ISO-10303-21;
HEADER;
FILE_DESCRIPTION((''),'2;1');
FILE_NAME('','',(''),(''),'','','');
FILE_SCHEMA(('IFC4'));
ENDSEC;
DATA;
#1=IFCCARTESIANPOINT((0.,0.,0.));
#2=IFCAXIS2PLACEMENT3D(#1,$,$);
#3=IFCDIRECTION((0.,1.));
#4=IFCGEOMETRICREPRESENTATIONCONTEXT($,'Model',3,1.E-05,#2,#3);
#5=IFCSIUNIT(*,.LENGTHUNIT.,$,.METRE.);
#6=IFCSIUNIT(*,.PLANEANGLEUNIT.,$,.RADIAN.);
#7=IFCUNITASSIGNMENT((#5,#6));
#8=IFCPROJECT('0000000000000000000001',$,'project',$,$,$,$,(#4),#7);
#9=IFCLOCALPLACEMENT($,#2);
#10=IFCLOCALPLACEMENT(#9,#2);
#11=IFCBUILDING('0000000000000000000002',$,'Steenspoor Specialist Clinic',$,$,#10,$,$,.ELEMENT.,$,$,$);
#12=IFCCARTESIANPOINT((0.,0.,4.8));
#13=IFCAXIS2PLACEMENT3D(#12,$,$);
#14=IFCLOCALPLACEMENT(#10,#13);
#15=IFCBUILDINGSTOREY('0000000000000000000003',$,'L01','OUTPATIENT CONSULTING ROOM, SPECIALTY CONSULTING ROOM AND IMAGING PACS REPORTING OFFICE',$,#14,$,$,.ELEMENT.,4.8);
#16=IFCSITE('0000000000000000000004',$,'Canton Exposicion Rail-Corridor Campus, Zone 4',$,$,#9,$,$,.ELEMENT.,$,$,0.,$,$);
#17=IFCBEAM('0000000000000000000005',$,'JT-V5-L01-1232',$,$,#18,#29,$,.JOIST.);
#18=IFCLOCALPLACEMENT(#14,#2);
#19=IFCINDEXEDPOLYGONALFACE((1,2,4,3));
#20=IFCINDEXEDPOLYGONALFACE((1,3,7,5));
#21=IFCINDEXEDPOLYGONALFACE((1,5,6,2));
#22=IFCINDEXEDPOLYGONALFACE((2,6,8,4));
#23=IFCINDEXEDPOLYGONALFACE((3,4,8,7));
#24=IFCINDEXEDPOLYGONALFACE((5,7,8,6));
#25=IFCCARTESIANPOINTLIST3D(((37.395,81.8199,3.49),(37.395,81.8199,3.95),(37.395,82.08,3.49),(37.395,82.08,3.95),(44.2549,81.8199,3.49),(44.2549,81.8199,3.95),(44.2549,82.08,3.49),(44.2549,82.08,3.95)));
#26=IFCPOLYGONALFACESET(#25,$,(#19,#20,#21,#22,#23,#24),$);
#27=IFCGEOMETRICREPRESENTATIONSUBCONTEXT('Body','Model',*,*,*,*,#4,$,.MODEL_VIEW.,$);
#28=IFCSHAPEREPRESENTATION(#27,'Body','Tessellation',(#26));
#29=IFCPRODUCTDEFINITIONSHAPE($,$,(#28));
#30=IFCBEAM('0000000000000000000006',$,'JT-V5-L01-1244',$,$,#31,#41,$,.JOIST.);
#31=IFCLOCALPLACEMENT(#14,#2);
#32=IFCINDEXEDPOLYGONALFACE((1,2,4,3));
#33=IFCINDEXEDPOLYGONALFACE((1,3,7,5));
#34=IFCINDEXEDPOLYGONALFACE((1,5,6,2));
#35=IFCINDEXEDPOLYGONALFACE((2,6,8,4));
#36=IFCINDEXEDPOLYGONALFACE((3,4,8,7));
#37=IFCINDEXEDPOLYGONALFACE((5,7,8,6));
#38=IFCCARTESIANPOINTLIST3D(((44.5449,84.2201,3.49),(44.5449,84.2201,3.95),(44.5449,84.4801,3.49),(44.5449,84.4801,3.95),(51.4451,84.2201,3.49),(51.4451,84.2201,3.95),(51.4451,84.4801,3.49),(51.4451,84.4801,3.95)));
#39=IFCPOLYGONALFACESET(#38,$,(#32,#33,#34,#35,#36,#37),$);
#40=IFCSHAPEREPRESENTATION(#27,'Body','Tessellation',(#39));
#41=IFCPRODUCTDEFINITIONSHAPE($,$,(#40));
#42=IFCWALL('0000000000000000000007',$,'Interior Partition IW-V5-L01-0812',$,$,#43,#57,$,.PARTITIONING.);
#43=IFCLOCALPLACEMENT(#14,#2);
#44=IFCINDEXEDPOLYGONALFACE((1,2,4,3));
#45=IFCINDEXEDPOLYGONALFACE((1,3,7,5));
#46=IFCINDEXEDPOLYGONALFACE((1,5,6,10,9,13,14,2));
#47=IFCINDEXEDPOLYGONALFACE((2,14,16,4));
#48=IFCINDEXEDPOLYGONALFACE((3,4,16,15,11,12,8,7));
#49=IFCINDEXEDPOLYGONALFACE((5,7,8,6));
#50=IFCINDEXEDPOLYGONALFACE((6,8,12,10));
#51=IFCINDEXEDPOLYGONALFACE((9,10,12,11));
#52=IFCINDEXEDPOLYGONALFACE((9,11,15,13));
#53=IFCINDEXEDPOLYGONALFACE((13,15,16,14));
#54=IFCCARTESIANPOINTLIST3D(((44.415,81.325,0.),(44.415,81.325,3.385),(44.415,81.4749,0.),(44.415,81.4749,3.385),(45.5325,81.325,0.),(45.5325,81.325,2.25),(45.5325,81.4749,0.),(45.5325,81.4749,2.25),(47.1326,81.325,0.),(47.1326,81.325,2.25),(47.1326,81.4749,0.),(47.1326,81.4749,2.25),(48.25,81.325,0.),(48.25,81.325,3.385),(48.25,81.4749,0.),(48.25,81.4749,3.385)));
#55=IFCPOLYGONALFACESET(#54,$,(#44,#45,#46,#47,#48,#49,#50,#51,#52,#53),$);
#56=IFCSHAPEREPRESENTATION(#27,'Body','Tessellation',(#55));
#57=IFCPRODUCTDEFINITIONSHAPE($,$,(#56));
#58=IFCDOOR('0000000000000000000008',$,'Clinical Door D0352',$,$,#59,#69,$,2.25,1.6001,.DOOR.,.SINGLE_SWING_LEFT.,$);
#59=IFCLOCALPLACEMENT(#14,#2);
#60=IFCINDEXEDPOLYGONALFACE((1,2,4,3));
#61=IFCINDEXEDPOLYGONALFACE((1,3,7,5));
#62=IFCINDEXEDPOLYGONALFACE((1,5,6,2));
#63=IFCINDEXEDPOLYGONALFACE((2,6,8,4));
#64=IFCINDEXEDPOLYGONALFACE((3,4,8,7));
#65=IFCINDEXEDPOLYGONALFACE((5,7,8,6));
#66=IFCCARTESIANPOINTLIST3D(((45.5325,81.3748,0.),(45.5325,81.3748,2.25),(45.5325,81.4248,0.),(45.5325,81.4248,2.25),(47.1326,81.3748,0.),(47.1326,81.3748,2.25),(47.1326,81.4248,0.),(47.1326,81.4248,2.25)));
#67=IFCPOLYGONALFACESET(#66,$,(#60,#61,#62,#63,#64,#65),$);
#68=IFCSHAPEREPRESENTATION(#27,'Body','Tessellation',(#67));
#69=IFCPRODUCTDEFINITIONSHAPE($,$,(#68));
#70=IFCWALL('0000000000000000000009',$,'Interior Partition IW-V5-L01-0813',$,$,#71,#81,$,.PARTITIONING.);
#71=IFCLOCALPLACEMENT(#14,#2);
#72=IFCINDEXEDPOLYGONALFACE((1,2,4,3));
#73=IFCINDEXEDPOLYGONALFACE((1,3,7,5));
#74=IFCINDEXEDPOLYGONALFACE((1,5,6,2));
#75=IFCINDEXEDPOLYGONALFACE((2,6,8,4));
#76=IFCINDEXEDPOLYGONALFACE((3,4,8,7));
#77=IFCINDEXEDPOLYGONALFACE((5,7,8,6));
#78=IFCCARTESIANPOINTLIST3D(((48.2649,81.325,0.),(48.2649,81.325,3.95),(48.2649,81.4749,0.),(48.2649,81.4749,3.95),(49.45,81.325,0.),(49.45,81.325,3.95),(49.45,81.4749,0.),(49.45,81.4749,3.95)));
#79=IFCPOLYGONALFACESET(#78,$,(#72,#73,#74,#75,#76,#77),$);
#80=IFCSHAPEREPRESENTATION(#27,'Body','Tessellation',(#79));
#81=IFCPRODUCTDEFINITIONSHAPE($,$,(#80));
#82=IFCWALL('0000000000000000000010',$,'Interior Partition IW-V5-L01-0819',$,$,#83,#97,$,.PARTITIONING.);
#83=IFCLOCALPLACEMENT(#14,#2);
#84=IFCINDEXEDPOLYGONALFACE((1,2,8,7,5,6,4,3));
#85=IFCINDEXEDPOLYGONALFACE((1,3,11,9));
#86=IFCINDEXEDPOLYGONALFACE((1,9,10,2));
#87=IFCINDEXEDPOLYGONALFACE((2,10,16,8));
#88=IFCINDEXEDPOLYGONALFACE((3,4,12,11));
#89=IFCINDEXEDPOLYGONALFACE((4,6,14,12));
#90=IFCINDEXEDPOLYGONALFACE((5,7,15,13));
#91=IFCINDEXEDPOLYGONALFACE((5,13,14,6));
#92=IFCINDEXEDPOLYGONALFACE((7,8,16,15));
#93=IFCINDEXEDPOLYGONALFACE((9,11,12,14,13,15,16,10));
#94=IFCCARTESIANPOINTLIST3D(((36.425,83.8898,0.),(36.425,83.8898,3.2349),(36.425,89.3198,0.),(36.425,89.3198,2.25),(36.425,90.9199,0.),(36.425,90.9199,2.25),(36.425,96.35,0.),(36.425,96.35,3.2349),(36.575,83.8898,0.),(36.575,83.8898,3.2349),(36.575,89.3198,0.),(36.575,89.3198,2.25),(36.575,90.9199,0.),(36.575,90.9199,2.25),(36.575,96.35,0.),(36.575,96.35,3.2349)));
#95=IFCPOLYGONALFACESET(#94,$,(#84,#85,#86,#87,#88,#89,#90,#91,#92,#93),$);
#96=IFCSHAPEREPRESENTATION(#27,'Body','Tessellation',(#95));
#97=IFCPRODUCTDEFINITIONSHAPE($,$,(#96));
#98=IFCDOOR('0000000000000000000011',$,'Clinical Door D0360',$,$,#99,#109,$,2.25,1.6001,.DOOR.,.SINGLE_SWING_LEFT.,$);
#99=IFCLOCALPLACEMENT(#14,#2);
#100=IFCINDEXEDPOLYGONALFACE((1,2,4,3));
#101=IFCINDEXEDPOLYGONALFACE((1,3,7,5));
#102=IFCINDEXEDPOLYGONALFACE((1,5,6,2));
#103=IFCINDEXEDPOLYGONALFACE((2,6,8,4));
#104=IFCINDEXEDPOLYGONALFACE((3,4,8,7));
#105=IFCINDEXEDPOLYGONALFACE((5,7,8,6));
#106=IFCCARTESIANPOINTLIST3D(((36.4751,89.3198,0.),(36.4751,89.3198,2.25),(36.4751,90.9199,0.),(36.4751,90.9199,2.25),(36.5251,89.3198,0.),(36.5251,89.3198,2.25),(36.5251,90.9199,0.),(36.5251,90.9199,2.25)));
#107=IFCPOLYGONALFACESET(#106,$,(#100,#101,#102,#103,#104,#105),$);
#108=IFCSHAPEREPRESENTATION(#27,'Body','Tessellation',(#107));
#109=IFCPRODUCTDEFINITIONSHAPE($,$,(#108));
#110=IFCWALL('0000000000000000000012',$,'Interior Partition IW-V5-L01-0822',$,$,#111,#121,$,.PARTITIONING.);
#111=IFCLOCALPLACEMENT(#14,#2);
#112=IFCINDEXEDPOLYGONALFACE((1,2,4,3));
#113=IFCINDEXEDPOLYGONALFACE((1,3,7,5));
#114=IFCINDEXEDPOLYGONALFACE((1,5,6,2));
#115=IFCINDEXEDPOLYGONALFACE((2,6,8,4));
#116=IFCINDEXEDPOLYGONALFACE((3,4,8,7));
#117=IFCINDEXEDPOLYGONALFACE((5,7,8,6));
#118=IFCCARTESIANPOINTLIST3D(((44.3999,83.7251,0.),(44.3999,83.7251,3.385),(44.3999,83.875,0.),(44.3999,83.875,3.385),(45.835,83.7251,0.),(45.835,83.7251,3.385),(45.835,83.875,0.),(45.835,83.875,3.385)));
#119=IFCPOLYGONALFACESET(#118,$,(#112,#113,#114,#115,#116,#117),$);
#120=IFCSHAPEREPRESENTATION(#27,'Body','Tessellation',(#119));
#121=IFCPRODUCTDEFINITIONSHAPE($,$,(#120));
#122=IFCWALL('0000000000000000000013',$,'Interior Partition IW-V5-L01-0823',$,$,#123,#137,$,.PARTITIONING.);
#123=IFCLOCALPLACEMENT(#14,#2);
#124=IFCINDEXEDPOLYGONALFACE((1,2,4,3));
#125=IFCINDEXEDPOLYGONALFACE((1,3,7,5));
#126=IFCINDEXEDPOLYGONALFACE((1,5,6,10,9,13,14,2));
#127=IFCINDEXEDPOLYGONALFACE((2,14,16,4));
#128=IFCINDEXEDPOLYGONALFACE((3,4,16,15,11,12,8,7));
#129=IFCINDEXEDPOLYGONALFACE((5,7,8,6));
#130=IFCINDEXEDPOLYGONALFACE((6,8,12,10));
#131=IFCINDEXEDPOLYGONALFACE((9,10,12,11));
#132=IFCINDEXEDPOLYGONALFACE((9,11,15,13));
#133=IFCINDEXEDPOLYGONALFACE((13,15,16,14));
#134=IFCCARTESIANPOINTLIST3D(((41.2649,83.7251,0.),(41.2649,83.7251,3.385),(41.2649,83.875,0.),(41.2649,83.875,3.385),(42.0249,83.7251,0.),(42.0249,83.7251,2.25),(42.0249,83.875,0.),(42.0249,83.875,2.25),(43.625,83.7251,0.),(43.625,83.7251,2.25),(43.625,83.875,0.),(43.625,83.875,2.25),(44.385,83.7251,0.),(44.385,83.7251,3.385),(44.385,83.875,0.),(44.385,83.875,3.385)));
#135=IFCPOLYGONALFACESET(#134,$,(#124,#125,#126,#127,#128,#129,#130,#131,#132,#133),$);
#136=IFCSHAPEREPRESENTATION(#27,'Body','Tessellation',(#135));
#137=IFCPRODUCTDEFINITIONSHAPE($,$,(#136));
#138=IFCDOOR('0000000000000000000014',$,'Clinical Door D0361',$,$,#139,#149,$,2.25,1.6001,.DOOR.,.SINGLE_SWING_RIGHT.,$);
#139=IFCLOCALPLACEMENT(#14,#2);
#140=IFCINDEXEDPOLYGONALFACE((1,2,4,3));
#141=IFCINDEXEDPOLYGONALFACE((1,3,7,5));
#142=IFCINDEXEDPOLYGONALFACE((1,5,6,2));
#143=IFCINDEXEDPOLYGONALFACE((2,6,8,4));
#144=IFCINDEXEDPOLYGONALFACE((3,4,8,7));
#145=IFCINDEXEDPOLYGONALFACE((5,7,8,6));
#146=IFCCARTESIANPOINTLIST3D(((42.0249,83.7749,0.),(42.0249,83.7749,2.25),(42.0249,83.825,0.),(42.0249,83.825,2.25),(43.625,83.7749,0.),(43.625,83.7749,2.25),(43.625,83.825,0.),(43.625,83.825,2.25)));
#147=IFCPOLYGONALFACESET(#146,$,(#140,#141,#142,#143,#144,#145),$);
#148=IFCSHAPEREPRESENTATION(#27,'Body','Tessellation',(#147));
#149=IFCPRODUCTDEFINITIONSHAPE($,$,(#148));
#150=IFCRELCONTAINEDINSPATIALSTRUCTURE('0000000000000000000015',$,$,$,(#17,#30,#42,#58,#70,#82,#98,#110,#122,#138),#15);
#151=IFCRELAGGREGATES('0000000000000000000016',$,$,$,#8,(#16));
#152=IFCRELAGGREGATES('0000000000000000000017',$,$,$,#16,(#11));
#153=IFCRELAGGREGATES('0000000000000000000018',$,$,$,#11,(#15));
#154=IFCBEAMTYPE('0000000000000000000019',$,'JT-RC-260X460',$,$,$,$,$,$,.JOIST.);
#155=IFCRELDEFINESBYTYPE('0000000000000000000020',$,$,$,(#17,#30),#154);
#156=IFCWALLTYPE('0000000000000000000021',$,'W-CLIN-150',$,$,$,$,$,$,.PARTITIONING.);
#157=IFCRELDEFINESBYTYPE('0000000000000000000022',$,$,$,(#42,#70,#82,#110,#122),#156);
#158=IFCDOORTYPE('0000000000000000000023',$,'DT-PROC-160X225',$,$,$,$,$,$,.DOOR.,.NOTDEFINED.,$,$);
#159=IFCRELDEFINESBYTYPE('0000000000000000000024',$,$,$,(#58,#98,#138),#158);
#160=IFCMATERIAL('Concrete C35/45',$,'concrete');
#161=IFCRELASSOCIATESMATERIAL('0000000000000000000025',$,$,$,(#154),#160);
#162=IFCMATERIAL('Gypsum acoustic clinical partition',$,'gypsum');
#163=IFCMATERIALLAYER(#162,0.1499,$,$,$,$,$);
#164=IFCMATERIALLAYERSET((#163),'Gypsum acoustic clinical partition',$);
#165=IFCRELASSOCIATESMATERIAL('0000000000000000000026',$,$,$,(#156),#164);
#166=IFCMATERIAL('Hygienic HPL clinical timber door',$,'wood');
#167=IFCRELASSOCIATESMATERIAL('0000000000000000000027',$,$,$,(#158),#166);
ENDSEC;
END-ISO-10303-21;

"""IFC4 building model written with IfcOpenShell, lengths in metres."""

from ifc_helpers import new_model, si_unit, direction, frame, frame_2d, origin, origin_2d, place, context, subcontext, project, spatial, rectangle, extrude, material, layer, layer_set, material_profile, profile_set, type_object, element, fill, save


model = new_model("IFC4")

# Units and contexts
model_context = context("Model", 3, precision=1e-05, world=origin(), true_north=direction((0.0, 1.0)))
body_context = subcontext(model_context, "Body", "Model", "MODEL_VIEW")
ifc_project = project(units=[si_unit("LENGTHUNIT", "METRE"), si_unit("PLANEANGLEUNIT", "RADIAN")], contexts=[model_context])

# Site, building, storey
site_placement = place(None, origin())
site = spatial("IfcSite", under=ifc_project, at=site_placement, Name="Canton Exposicion Rail-Corridor Campus, Zone 4", CompositionType="ELEMENT", RefElevation=0.0)
building_placement = place(site_placement, origin())
building = spatial("IfcBuilding", under=site, at=building_placement, Name="Steenspoor Specialist Clinic", CompositionType="ELEMENT")
storey_placement = place(building_placement, frame((0.0, 0.0, 4.8)))
storey = spatial("IfcBuildingStorey", under=building, at=storey_placement, Name="L01", Description="OUTPATIENT CONSULTING ROOM, SPECIALTY CONSULTING ROOM AND IMAGING PACS REPORTING OFFICE", CompositionType="ELEMENT", Elevation=4.8)

# Beams
ifc_material_1 = material(Name="Concrete C35/45", Category="concrete")
ifc_material_profile_1 = material_profile(ifc_material_1, rectangle(XDim=0.26, YDim=0.46, at=origin_2d()), Name="RC-JT-260X460")
ifc_profile_set_1 = profile_set([ifc_material_profile_1], Name="Concrete C35/45")
beam_type_1 = type_object("IfcBeamType", Name="JT-RC-260X460", PredefinedType="JOIST", material=ifc_profile_set_1)
beam_1_placement = place(storey_placement, frame((37.395, 81.95, 3.72), z_axis=(1.0, 0.0, 0.0), x_axis=(0.0, 1.0, 0.0)))
element("IfcBeam", 1, at=beam_1_placement, inside=storey, type_object=beam_type_1, Name="JT-V5-L01-1232", PredefinedType="JOIST", context=body_context, shape_type="SweptSolid", body=[
    extrude(rectangle(XDim=0.26, YDim=0.46, at=origin_2d()), origin(), (0.0, 0.0, 1.0), 6.8599),
])
beam_2_placement = place(storey_placement, frame((44.5449, 84.3501, 3.72), z_axis=(1.0, 0.0, 0.0), x_axis=(0.0, 1.0, 0.0)))
element("IfcBeam", 2, at=beam_2_placement, inside=storey, type_object=beam_type_1, Name="JT-V5-L01-1244", PredefinedType="JOIST", context=body_context, shape_type="SweptSolid", body=[
    extrude(rectangle(XDim=0.26, YDim=0.46, at=origin_2d()), origin(), (0.0, 0.0, 1.0), 6.9001),
])

# Wall, opening, door
ifc_material_2 = material(Name="Gypsum acoustic clinical partition", Category="gypsum")
ifc_layer_1 = layer(ifc_material_2, 0.1499)
ifc_layer_set_1 = layer_set([ifc_layer_1], Name="Gypsum acoustic clinical partition")
wall_type_1 = type_object("IfcWallType", Name="W-CLIN-150", PredefinedType="PARTITIONING", material=ifc_layer_set_1)
wall_1_placement = place(storey_placement, frame((44.415, 81.3999, 0.0), z_axis=(0.0, 0.0, 1.0), x_axis=(1.0, 0.0, 0.0)))
wall_1 = element("IfcWall", 3, at=wall_1_placement, inside=storey, type_object=wall_type_1, Name="Interior Partition IW-V5-L01-0812", PredefinedType="PARTITIONING", context=body_context, shape_type="SweptSolid", body=[
    extrude(rectangle(XDim=3.835, YDim=0.1499, at=frame_2d((1.9175, 0.0))), origin(), (0.0, 0.0, 1.0), 3.385),
])
opening_1_placement = place(wall_1_placement, frame((1.1174, 0.0, 0.0)))
opening_1 = element("IfcOpeningElement", 4, at=opening_1_placement, cuts=wall_1, PredefinedType="OPENING", context=body_context, shape_type="SweptSolid", body=[
    extrude(rectangle(XDim=1.6001, YDim=2.25, at=frame_2d((0.8, 1.125))), frame((0.0, 0.085, 0.0), z_axis=(0.0, -1.0, 0.0), x_axis=(1.0, 0.0, 0.0)), (0.0, 0.0, 1.0), 0.1699),
])
ifc_material_3 = material(Name="Hygienic HPL clinical timber door", Category="wood")
door_type_1 = type_object("IfcDoorType", Name="DT-PROC-160X225", OperationType="NOTDEFINED", PredefinedType="DOOR", material=ifc_material_3)
door_1_placement = place(opening_1_placement, origin())
door_1 = element("IfcDoor", 5, at=door_1_placement, inside=storey, type_object=door_type_1, Name="Clinical Door D0352", OperationType="SINGLE_SWING_LEFT", OverallHeight=2.25, OverallWidth=1.6001, PredefinedType="DOOR", context=body_context, shape_type="SweptSolid", body=[
    extrude(rectangle(XDim=1.6001, YDim=2.25, at=frame_2d((0.8, 1.125))), frame((0.0, 0.0249, 0.0), z_axis=(0.0, -1.0, 0.0), x_axis=(1.0, 0.0, 0.0)), (0.0, 0.0, 1.0), 0.05),
])
fill(opening_1, door_1)

# Wall
wall_2_placement = place(storey_placement, frame((48.2649, 81.3999, 0.0), z_axis=(0.0, 0.0, 1.0), x_axis=(1.0, 0.0, 0.0)))
element("IfcWall", 6, at=wall_2_placement, inside=storey, type_object=wall_type_1, Name="Interior Partition IW-V5-L01-0813", PredefinedType="PARTITIONING", context=body_context, shape_type="SweptSolid", body=[
    extrude(rectangle(XDim=1.1851, YDim=0.1499, at=frame_2d((0.5925, 0.0))), origin(), (0.0, 0.0, 1.0), 3.95),
])

# Wall, opening, door
wall_3_placement = place(storey_placement, frame((36.5, 83.8899, 0.0), z_axis=(0.0, 0.0, 1.0), x_axis=(0.0, 1.0, 0.0)))
wall_3 = element("IfcWall", 7, at=wall_3_placement, inside=storey, type_object=wall_type_1, Name="Interior Partition IW-V5-L01-0819", PredefinedType="PARTITIONING", context=body_context, shape_type="SweptSolid", body=[
    extrude(rectangle(XDim=12.4602, YDim=0.1499, at=frame_2d((6.23, 0.0))), origin(), (0.0, 0.0, 1.0), 3.2349),
])
opening_2_placement = place(wall_3_placement, frame((5.4299, 0.0, 0.0)))
opening_2 = element("IfcOpeningElement", 8, at=opening_2_placement, cuts=wall_3, PredefinedType="OPENING", context=body_context, shape_type="SweptSolid", body=[
    extrude(rectangle(XDim=1.6001, YDim=2.25, at=frame_2d((0.8, 1.125))), frame((0.0, 0.085, 0.0), z_axis=(0.0, -1.0, 0.0), x_axis=(1.0, 0.0, 0.0)), (0.0, 0.0, 1.0), 0.1699),
])
door_2_placement = place(opening_2_placement, origin())
door_2 = element("IfcDoor", 9, at=door_2_placement, inside=storey, type_object=door_type_1, Name="Clinical Door D0360", OperationType="SINGLE_SWING_LEFT", OverallHeight=2.25, OverallWidth=1.6001, PredefinedType="DOOR", context=body_context, shape_type="SweptSolid", body=[
    extrude(rectangle(XDim=1.6001, YDim=2.25, at=frame_2d((0.8, 1.125))), frame((0.0, 0.0249, 0.0), z_axis=(0.0, -1.0, 0.0), x_axis=(1.0, 0.0, 0.0)), (0.0, 0.0, 1.0), 0.05),
])
fill(opening_2, door_2)

# Wall
wall_4_placement = place(storey_placement, frame((44.3999, 83.8, 0.0), z_axis=(0.0, 0.0, 1.0), x_axis=(1.0, 0.0, 0.0)))
element("IfcWall", 10, at=wall_4_placement, inside=storey, type_object=wall_type_1, Name="Interior Partition IW-V5-L01-0822", PredefinedType="PARTITIONING", context=body_context, shape_type="SweptSolid", body=[
    extrude(rectangle(XDim=1.4351, YDim=0.1499, at=frame_2d((0.7175, 0.0))), origin(), (0.0, 0.0, 1.0), 3.385),
])

# Wall, opening, door
wall_5_placement = place(storey_placement, frame((41.2649, 83.8, 0.0), z_axis=(0.0, 0.0, 1.0), x_axis=(1.0, 0.0, 0.0)))
wall_5 = element("IfcWall", 11, at=wall_5_placement, inside=storey, type_object=wall_type_1, Name="Interior Partition IW-V5-L01-0823", PredefinedType="PARTITIONING", context=body_context, shape_type="SweptSolid", body=[
    extrude(rectangle(XDim=3.1201, YDim=0.1499, at=frame_2d((1.5601, 0.0))), origin(), (0.0, 0.0, 1.0), 3.385),
])
opening_3_placement = place(wall_5_placement, frame((0.76, 0.0, 0.0)))
opening_3 = element("IfcOpeningElement", 12, at=opening_3_placement, cuts=wall_5, PredefinedType="OPENING", context=body_context, shape_type="SweptSolid", body=[
    extrude(rectangle(XDim=1.6001, YDim=2.25, at=frame_2d((0.8, 1.125))), frame((0.0, 0.085, 0.0), z_axis=(0.0, -1.0, 0.0), x_axis=(1.0, 0.0, 0.0)), (0.0, 0.0, 1.0), 0.1699),
])
door_3_placement = place(opening_3_placement, origin())
door_3 = element("IfcDoor", 13, at=door_3_placement, inside=storey, type_object=door_type_1, Name="Clinical Door D0361", OperationType="SINGLE_SWING_RIGHT", OverallHeight=2.25, OverallWidth=1.6001, PredefinedType="DOOR", context=body_context, shape_type="SweptSolid", body=[
    extrude(rectangle(XDim=1.6001, YDim=2.25, at=frame_2d((0.8, 1.125))), frame((0.0, 0.0249, 0.0), z_axis=(0.0, -1.0, 0.0), x_axis=(1.0, 0.0, 0.0)), (0.0, 0.0, 1.0), 0.05),
])
fill(opening_3, door_3)

save(model, "model.ifc")
